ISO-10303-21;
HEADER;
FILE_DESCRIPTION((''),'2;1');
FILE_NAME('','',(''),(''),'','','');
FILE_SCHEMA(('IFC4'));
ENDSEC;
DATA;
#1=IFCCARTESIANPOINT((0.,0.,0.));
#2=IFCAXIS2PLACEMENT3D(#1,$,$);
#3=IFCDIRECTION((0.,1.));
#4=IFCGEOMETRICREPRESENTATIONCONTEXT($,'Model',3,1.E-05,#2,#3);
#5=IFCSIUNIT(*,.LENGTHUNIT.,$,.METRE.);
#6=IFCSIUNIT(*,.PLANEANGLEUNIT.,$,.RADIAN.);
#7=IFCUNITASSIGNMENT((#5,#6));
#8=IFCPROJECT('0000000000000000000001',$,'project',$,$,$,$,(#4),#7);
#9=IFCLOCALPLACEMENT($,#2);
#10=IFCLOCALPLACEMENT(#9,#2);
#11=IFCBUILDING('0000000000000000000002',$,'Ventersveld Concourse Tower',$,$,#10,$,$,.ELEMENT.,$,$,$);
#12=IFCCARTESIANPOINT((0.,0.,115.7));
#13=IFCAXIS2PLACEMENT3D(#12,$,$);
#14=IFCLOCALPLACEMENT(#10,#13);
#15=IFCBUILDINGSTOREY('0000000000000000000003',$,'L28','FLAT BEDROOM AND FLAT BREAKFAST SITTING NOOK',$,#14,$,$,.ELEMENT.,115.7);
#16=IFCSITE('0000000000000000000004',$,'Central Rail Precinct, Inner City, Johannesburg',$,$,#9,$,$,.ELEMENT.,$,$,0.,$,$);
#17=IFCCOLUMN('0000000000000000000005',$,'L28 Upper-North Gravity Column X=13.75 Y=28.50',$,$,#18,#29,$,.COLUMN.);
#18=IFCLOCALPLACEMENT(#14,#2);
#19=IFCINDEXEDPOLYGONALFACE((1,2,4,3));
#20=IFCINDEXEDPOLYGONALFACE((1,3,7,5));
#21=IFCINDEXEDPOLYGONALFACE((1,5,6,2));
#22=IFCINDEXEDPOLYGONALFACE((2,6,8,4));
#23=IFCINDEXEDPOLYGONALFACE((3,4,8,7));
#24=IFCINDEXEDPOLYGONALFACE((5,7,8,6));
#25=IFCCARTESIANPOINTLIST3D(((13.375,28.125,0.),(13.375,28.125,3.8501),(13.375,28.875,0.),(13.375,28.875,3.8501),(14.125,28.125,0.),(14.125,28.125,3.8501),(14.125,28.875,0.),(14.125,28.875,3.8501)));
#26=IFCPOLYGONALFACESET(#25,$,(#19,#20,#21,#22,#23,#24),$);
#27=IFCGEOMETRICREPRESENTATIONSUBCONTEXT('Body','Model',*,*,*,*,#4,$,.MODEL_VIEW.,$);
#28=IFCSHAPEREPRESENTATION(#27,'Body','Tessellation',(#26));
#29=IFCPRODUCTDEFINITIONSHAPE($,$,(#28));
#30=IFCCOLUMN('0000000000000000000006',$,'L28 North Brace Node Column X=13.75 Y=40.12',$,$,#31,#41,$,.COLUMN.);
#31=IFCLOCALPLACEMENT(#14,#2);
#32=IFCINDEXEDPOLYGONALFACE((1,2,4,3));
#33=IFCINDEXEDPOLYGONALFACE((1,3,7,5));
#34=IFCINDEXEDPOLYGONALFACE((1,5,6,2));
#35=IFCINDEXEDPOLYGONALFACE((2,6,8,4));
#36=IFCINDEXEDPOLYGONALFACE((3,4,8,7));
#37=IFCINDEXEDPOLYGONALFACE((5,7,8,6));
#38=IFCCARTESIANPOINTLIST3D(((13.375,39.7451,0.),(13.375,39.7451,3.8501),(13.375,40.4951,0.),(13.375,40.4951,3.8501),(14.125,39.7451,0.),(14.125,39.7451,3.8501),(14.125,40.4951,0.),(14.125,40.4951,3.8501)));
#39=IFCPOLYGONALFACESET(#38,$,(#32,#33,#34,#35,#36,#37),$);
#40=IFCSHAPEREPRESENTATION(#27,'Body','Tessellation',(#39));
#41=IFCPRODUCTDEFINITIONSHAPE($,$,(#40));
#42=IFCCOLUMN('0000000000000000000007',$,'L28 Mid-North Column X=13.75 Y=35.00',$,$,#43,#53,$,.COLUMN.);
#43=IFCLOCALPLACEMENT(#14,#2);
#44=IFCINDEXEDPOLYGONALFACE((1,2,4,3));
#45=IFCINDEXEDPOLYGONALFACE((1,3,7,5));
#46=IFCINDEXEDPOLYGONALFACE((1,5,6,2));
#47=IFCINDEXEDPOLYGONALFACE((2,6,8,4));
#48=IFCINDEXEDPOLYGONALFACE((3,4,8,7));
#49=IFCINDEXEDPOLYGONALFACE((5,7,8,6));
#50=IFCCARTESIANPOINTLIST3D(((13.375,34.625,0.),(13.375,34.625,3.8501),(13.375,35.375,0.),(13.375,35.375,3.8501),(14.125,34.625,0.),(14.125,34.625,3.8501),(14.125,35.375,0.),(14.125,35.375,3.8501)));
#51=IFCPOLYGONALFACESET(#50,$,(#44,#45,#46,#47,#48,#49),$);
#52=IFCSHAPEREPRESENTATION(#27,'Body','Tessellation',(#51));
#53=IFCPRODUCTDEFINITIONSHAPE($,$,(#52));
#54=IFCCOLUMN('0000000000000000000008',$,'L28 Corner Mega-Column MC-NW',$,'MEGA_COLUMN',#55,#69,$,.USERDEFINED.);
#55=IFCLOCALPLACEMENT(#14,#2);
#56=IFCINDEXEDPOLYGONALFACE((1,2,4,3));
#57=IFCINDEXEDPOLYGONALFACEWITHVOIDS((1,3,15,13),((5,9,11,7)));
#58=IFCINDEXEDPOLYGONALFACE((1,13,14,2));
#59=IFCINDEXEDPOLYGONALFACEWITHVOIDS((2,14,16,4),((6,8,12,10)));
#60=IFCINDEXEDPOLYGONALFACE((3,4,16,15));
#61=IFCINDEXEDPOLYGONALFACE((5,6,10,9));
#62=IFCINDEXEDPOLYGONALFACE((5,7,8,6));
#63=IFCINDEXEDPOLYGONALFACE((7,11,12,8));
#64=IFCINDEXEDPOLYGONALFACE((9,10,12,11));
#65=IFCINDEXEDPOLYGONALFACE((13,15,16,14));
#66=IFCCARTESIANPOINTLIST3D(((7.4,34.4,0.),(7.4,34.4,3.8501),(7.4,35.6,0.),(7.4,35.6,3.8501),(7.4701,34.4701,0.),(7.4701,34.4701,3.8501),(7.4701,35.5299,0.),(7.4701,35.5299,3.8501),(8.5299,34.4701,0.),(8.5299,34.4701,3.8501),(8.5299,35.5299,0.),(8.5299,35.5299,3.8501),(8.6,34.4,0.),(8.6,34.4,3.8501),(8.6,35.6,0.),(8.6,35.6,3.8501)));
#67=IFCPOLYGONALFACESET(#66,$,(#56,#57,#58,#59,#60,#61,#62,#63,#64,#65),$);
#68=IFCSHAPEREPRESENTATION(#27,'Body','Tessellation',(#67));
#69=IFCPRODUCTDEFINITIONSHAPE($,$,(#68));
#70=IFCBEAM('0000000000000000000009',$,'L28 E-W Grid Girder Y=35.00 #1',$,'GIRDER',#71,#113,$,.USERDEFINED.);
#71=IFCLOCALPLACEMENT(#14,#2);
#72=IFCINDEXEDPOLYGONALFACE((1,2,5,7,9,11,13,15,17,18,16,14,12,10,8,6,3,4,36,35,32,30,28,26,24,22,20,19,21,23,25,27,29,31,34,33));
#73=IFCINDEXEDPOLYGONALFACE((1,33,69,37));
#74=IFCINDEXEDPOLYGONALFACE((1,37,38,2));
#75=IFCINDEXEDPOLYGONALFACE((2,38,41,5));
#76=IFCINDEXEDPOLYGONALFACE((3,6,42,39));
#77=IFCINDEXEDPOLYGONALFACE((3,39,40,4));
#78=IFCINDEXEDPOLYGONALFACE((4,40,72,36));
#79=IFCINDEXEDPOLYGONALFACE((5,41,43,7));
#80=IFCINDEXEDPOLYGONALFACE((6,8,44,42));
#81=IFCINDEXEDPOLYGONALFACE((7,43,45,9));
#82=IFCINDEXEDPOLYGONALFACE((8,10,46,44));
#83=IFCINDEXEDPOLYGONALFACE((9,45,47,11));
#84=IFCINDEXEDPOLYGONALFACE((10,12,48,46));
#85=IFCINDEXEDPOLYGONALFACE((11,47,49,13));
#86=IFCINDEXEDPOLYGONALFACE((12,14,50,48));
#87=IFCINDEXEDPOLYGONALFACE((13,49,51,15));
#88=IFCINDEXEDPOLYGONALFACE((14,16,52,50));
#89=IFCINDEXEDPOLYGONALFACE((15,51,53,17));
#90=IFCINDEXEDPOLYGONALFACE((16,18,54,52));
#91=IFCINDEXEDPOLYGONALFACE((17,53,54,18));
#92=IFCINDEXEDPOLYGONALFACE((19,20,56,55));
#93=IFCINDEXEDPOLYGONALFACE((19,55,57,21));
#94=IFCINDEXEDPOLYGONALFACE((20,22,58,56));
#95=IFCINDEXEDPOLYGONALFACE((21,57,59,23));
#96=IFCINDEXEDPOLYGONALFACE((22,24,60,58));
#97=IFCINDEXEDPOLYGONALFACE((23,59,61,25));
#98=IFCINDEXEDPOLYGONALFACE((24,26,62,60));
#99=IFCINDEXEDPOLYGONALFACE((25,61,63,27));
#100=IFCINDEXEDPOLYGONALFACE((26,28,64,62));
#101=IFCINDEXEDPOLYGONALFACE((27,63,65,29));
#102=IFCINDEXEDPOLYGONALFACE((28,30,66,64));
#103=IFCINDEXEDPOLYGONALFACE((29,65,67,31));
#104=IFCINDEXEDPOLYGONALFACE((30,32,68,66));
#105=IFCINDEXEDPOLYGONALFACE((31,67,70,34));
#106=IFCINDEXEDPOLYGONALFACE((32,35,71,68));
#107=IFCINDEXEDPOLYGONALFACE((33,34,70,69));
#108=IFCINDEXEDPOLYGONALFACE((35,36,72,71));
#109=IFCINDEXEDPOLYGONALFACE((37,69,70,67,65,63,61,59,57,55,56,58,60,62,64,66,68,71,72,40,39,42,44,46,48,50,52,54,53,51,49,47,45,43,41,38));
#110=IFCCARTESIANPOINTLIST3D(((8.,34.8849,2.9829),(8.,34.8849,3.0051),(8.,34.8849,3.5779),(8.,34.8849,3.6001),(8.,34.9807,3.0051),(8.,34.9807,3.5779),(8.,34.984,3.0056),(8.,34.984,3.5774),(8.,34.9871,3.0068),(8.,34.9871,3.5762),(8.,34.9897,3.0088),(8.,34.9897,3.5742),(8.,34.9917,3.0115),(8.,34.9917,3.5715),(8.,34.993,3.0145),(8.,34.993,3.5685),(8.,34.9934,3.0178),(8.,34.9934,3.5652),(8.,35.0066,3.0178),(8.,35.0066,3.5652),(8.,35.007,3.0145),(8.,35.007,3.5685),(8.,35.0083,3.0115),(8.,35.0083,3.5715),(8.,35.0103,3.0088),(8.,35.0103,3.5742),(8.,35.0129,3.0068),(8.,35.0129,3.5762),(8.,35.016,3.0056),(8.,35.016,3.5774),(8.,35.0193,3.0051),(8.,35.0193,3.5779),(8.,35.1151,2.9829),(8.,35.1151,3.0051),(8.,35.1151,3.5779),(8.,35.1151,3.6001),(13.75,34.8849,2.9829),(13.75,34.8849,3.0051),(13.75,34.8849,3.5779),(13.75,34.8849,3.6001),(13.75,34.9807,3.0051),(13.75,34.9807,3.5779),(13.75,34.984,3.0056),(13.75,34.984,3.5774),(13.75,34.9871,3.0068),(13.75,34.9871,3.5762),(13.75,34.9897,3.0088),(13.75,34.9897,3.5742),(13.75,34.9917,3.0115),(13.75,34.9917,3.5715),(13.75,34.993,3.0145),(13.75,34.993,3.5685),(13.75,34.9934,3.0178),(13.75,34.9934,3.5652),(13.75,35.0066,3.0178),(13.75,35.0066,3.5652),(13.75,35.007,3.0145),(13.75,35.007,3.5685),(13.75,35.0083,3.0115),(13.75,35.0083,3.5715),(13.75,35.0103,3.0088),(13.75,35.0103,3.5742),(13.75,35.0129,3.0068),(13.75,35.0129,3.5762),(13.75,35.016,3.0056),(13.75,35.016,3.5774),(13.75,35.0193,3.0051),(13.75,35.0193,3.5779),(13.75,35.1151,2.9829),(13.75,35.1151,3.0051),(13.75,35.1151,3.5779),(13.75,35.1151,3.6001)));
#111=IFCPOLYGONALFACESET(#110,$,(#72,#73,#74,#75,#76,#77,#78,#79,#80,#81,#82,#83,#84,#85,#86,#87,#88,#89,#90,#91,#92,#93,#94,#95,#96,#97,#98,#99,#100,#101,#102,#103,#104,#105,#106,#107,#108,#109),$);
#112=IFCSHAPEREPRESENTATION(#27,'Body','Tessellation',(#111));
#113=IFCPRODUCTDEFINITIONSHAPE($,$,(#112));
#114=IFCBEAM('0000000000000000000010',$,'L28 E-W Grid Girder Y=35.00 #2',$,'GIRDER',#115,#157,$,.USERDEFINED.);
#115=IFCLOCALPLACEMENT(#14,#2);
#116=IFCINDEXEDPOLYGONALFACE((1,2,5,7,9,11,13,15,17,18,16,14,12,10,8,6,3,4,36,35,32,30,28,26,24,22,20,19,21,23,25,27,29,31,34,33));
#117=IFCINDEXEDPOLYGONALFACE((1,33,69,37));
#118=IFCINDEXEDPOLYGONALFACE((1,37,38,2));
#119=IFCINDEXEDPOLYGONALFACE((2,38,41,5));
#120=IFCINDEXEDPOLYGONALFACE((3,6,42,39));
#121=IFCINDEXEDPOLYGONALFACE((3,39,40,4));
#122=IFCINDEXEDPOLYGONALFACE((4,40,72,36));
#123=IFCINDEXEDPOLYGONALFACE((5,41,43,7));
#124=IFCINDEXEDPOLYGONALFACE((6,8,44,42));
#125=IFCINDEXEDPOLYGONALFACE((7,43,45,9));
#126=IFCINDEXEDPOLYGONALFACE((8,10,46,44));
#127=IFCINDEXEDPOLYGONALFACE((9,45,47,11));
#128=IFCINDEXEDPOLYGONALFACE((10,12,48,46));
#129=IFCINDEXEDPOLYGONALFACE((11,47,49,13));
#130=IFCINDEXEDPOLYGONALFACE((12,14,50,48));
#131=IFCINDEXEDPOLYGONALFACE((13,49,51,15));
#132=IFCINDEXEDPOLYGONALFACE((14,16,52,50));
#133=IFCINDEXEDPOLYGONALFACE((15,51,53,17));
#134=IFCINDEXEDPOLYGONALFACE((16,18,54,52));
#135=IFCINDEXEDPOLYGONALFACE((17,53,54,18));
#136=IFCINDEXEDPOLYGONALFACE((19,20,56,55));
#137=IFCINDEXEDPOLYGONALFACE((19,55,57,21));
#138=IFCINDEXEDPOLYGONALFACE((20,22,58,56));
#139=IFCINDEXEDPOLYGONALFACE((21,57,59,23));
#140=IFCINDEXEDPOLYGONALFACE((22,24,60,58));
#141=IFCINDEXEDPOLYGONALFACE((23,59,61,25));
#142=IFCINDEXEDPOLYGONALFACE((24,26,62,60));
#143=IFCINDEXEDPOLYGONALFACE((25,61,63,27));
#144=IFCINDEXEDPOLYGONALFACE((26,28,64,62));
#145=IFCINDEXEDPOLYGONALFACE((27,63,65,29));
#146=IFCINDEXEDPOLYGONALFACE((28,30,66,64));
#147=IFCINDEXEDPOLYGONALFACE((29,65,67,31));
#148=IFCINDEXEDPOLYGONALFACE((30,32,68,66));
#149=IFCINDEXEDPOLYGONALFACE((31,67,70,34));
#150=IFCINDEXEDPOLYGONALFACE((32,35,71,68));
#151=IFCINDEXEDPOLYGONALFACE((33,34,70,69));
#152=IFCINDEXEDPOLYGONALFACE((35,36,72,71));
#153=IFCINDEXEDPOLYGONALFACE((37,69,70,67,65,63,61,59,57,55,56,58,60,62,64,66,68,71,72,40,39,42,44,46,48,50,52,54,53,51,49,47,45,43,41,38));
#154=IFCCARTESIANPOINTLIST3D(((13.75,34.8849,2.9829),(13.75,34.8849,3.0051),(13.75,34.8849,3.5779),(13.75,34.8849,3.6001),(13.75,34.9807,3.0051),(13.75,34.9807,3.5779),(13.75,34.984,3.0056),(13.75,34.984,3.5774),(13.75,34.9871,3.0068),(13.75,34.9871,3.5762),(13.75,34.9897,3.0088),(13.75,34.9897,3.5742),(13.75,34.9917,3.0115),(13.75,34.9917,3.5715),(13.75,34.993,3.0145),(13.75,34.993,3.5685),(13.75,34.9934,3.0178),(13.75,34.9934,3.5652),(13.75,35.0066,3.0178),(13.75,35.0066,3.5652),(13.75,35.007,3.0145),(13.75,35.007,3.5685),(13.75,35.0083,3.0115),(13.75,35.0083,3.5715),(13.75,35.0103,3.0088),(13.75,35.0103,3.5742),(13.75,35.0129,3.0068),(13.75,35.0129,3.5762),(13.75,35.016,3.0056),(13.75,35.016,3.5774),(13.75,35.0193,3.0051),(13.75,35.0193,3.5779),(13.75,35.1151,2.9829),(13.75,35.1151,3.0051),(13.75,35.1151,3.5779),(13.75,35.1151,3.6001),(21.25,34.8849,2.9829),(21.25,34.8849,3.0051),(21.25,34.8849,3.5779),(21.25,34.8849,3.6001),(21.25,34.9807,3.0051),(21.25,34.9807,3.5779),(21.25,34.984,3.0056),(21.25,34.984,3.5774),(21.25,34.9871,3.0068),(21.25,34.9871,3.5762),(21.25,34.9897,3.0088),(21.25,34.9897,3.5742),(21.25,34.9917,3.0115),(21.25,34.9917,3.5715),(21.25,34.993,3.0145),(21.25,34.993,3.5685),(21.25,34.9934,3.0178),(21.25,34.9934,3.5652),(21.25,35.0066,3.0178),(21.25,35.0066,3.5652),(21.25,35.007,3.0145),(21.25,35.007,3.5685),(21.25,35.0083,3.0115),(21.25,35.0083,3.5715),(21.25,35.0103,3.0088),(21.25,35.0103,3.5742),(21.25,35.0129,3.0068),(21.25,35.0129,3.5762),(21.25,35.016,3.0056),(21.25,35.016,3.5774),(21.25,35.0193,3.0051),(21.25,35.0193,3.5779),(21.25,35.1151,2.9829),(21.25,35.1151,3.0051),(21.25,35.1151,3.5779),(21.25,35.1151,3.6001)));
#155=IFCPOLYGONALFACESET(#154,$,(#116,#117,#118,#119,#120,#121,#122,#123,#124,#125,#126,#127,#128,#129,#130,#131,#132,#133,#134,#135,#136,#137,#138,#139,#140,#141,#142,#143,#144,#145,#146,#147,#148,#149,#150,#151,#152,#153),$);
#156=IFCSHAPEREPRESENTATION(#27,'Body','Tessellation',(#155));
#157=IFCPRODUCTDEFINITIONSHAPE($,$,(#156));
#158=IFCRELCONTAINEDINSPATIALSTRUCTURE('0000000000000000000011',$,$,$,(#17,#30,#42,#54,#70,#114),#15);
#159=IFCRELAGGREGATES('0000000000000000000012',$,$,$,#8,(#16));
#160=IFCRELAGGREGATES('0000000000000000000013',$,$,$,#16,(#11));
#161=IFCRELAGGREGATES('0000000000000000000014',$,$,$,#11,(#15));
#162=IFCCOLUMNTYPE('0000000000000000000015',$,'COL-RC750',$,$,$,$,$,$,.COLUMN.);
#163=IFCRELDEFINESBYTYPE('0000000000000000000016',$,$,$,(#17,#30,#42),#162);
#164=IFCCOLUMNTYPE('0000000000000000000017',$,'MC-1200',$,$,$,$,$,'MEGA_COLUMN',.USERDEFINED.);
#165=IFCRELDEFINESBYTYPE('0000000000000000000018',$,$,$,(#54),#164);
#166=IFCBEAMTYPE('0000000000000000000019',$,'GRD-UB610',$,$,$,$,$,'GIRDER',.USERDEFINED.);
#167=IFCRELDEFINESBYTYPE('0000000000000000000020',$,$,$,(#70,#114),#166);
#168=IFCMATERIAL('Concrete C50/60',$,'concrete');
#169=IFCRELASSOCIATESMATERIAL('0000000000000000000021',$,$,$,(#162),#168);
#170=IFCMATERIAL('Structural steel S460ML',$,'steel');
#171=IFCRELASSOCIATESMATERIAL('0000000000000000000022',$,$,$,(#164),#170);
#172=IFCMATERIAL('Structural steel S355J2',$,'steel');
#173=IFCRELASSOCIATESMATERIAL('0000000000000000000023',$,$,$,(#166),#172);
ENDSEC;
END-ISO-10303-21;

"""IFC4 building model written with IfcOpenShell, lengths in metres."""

from ifc_helpers import new_model, si_unit, direction, frame, origin, origin_2d, place, context, subcontext, project, spatial, rectangle, hollow_rectangle, i_section, extrude, material, material_profile, profile_set, type_object, element, save


model = new_model("IFC4")

# Units and contexts
model_context = context("Model", 3, precision=1e-05, world=origin(), true_north=direction((0.0, 1.0)))
body_context = subcontext(model_context, "Body", "Model", "MODEL_VIEW")
ifc_project = project(units=[si_unit("LENGTHUNIT", "METRE"), si_unit("PLANEANGLEUNIT", "RADIAN")], contexts=[model_context])

# Site, building, storey
site_placement = place(None, origin())
site = spatial("IfcSite", under=ifc_project, at=site_placement, Name="Central Rail Precinct, Inner City, Johannesburg", CompositionType="ELEMENT", RefElevation=0.0)
building_placement = place(site_placement, origin())
building = spatial("IfcBuilding", under=site, at=building_placement, Name="Ventersveld Concourse Tower", CompositionType="ELEMENT")
storey_placement = place(building_placement, frame((0.0, 0.0, 115.7)))
storey = spatial("IfcBuildingStorey", under=building, at=storey_placement, Name="L28", Description="FLAT BEDROOM AND FLAT BREAKFAST SITTING NOOK", CompositionType="ELEMENT", Elevation=115.7)

# Columns
ifc_material_1 = material(Name="Concrete C50/60", Category="concrete")
ifc_material_profile_1 = material_profile(ifc_material_1, rectangle(XDim=0.75, YDim=0.75, at=origin_2d()), Name="RC 750x750")
ifc_profile_set_1 = profile_set([ifc_material_profile_1], Name="Concrete C50/60")
column_type_1 = type_object("IfcColumnType", Name="COL-RC750", PredefinedType="COLUMN", material=ifc_profile_set_1)
for number, where, z_axis, x_axis, name in (
    (1, (13.75, 28.5, 0.0), (0.0, 0.0, 1.0), (1.0, 0.0, 0.0), "L28 Upper-North Gravity Column X=13.75 Y=28.50"),
    (2, (13.75, 40.1201, 0.0), (0.0, 0.0, 1.0), (1.0, 0.0, 0.0), "L28 North Brace Node Column X=13.75 Y=40.12"),
    (3, (13.75, 35.0, 0.0), (0.0, 0.0, 1.0), (1.0, 0.0, 0.0), "L28 Mid-North Column X=13.75 Y=35.00"),
):
    element("IfcColumn", number, at=place(storey_placement, frame(where, z_axis=z_axis, x_axis=x_axis)), inside=storey, type_object=column_type_1, Name=name, PredefinedType="COLUMN", context=body_context, shape_type="SweptSolid", body=[
        extrude(rectangle(XDim=0.75, YDim=0.75, at=origin_2d()), origin(), (0.0, 0.0, 1.0), 3.8501),
    ])
ifc_material_2 = material(Name="Structural steel S460ML", Category="steel")
ifc_material_profile_2 = material_profile(ifc_material_2, hollow_rectangle(XDim=1.2, YDim=1.2, WallThickness=0.0701, at=origin_2d()), Name="BOX 1200x1200x70")
ifc_profile_set_2 = profile_set([ifc_material_profile_2], Name="Structural steel S460ML")
column_type_2 = type_object("IfcColumnType", Name="MC-1200", ElementType="MEGA_COLUMN", PredefinedType="USERDEFINED", material=ifc_profile_set_2)
column_placement = place(storey_placement, frame((8.0, 35.0, 0.0), z_axis=(0.0, 0.0, 1.0), x_axis=(1.0, 0.0, 0.0)))
element("IfcColumn", 4, at=column_placement, inside=storey, type_object=column_type_2, Name="L28 Corner Mega-Column MC-NW", ObjectType="MEGA_COLUMN", PredefinedType="USERDEFINED", context=body_context, shape_type="SweptSolid", body=[
    extrude(hollow_rectangle(XDim=1.2, YDim=1.2, WallThickness=0.0701, at=origin_2d()), origin(), (0.0, 0.0, 1.0), 3.8501),
])

# Beams
ifc_material_3 = material(Name="Structural steel S355J2", Category="steel")
ifc_material_profile_3 = material_profile(ifc_material_3, i_section(OverallWidth=0.2302, OverallDepth=0.6172, WebThickness=0.0132, FlangeThickness=0.0222, FilletRadius=0.0127, at=origin_2d()), Name="UB 610x229x140")
ifc_profile_set_3 = profile_set([ifc_material_profile_3], Name="Structural steel S355J2")
beam_type_1 = type_object("IfcBeamType", Name="GRD-UB610", ElementType="GIRDER", PredefinedType="USERDEFINED", material=ifc_profile_set_3)
beam_1_placement = place(storey_placement, frame((8.0, 35.0, 3.2915), z_axis=(1.0, 0.0, 0.0), x_axis=(0.0, 1.0, 0.0)))
element("IfcBeam", 5, at=beam_1_placement, inside=storey, type_object=beam_type_1, Name="L28 E-W Grid Girder Y=35.00 #1", ObjectType="GIRDER", PredefinedType="USERDEFINED", context=body_context, shape_type="SweptSolid", body=[
    extrude(i_section(OverallWidth=0.2302, OverallDepth=0.6172, WebThickness=0.0132, FlangeThickness=0.0222, FilletRadius=0.0127, at=origin_2d()), origin(), (0.0, 0.0, 1.0), 5.75),
])
beam_2_placement = place(storey_placement, frame((13.75, 35.0, 3.2915), z_axis=(1.0, 0.0, 0.0), x_axis=(0.0, 1.0, 0.0)))
element("IfcBeam", 6, at=beam_2_placement, inside=storey, type_object=beam_type_1, Name="L28 E-W Grid Girder Y=35.00 #2", ObjectType="GIRDER", PredefinedType="USERDEFINED", context=body_context, shape_type="SweptSolid", body=[
    extrude(i_section(OverallWidth=0.2302, OverallDepth=0.6172, WebThickness=0.0132, FlangeThickness=0.0222, FilletRadius=0.0127, at=origin_2d()), origin(), (0.0, 0.0, 1.0), 7.5),
])

save(model, "model.ifc")
